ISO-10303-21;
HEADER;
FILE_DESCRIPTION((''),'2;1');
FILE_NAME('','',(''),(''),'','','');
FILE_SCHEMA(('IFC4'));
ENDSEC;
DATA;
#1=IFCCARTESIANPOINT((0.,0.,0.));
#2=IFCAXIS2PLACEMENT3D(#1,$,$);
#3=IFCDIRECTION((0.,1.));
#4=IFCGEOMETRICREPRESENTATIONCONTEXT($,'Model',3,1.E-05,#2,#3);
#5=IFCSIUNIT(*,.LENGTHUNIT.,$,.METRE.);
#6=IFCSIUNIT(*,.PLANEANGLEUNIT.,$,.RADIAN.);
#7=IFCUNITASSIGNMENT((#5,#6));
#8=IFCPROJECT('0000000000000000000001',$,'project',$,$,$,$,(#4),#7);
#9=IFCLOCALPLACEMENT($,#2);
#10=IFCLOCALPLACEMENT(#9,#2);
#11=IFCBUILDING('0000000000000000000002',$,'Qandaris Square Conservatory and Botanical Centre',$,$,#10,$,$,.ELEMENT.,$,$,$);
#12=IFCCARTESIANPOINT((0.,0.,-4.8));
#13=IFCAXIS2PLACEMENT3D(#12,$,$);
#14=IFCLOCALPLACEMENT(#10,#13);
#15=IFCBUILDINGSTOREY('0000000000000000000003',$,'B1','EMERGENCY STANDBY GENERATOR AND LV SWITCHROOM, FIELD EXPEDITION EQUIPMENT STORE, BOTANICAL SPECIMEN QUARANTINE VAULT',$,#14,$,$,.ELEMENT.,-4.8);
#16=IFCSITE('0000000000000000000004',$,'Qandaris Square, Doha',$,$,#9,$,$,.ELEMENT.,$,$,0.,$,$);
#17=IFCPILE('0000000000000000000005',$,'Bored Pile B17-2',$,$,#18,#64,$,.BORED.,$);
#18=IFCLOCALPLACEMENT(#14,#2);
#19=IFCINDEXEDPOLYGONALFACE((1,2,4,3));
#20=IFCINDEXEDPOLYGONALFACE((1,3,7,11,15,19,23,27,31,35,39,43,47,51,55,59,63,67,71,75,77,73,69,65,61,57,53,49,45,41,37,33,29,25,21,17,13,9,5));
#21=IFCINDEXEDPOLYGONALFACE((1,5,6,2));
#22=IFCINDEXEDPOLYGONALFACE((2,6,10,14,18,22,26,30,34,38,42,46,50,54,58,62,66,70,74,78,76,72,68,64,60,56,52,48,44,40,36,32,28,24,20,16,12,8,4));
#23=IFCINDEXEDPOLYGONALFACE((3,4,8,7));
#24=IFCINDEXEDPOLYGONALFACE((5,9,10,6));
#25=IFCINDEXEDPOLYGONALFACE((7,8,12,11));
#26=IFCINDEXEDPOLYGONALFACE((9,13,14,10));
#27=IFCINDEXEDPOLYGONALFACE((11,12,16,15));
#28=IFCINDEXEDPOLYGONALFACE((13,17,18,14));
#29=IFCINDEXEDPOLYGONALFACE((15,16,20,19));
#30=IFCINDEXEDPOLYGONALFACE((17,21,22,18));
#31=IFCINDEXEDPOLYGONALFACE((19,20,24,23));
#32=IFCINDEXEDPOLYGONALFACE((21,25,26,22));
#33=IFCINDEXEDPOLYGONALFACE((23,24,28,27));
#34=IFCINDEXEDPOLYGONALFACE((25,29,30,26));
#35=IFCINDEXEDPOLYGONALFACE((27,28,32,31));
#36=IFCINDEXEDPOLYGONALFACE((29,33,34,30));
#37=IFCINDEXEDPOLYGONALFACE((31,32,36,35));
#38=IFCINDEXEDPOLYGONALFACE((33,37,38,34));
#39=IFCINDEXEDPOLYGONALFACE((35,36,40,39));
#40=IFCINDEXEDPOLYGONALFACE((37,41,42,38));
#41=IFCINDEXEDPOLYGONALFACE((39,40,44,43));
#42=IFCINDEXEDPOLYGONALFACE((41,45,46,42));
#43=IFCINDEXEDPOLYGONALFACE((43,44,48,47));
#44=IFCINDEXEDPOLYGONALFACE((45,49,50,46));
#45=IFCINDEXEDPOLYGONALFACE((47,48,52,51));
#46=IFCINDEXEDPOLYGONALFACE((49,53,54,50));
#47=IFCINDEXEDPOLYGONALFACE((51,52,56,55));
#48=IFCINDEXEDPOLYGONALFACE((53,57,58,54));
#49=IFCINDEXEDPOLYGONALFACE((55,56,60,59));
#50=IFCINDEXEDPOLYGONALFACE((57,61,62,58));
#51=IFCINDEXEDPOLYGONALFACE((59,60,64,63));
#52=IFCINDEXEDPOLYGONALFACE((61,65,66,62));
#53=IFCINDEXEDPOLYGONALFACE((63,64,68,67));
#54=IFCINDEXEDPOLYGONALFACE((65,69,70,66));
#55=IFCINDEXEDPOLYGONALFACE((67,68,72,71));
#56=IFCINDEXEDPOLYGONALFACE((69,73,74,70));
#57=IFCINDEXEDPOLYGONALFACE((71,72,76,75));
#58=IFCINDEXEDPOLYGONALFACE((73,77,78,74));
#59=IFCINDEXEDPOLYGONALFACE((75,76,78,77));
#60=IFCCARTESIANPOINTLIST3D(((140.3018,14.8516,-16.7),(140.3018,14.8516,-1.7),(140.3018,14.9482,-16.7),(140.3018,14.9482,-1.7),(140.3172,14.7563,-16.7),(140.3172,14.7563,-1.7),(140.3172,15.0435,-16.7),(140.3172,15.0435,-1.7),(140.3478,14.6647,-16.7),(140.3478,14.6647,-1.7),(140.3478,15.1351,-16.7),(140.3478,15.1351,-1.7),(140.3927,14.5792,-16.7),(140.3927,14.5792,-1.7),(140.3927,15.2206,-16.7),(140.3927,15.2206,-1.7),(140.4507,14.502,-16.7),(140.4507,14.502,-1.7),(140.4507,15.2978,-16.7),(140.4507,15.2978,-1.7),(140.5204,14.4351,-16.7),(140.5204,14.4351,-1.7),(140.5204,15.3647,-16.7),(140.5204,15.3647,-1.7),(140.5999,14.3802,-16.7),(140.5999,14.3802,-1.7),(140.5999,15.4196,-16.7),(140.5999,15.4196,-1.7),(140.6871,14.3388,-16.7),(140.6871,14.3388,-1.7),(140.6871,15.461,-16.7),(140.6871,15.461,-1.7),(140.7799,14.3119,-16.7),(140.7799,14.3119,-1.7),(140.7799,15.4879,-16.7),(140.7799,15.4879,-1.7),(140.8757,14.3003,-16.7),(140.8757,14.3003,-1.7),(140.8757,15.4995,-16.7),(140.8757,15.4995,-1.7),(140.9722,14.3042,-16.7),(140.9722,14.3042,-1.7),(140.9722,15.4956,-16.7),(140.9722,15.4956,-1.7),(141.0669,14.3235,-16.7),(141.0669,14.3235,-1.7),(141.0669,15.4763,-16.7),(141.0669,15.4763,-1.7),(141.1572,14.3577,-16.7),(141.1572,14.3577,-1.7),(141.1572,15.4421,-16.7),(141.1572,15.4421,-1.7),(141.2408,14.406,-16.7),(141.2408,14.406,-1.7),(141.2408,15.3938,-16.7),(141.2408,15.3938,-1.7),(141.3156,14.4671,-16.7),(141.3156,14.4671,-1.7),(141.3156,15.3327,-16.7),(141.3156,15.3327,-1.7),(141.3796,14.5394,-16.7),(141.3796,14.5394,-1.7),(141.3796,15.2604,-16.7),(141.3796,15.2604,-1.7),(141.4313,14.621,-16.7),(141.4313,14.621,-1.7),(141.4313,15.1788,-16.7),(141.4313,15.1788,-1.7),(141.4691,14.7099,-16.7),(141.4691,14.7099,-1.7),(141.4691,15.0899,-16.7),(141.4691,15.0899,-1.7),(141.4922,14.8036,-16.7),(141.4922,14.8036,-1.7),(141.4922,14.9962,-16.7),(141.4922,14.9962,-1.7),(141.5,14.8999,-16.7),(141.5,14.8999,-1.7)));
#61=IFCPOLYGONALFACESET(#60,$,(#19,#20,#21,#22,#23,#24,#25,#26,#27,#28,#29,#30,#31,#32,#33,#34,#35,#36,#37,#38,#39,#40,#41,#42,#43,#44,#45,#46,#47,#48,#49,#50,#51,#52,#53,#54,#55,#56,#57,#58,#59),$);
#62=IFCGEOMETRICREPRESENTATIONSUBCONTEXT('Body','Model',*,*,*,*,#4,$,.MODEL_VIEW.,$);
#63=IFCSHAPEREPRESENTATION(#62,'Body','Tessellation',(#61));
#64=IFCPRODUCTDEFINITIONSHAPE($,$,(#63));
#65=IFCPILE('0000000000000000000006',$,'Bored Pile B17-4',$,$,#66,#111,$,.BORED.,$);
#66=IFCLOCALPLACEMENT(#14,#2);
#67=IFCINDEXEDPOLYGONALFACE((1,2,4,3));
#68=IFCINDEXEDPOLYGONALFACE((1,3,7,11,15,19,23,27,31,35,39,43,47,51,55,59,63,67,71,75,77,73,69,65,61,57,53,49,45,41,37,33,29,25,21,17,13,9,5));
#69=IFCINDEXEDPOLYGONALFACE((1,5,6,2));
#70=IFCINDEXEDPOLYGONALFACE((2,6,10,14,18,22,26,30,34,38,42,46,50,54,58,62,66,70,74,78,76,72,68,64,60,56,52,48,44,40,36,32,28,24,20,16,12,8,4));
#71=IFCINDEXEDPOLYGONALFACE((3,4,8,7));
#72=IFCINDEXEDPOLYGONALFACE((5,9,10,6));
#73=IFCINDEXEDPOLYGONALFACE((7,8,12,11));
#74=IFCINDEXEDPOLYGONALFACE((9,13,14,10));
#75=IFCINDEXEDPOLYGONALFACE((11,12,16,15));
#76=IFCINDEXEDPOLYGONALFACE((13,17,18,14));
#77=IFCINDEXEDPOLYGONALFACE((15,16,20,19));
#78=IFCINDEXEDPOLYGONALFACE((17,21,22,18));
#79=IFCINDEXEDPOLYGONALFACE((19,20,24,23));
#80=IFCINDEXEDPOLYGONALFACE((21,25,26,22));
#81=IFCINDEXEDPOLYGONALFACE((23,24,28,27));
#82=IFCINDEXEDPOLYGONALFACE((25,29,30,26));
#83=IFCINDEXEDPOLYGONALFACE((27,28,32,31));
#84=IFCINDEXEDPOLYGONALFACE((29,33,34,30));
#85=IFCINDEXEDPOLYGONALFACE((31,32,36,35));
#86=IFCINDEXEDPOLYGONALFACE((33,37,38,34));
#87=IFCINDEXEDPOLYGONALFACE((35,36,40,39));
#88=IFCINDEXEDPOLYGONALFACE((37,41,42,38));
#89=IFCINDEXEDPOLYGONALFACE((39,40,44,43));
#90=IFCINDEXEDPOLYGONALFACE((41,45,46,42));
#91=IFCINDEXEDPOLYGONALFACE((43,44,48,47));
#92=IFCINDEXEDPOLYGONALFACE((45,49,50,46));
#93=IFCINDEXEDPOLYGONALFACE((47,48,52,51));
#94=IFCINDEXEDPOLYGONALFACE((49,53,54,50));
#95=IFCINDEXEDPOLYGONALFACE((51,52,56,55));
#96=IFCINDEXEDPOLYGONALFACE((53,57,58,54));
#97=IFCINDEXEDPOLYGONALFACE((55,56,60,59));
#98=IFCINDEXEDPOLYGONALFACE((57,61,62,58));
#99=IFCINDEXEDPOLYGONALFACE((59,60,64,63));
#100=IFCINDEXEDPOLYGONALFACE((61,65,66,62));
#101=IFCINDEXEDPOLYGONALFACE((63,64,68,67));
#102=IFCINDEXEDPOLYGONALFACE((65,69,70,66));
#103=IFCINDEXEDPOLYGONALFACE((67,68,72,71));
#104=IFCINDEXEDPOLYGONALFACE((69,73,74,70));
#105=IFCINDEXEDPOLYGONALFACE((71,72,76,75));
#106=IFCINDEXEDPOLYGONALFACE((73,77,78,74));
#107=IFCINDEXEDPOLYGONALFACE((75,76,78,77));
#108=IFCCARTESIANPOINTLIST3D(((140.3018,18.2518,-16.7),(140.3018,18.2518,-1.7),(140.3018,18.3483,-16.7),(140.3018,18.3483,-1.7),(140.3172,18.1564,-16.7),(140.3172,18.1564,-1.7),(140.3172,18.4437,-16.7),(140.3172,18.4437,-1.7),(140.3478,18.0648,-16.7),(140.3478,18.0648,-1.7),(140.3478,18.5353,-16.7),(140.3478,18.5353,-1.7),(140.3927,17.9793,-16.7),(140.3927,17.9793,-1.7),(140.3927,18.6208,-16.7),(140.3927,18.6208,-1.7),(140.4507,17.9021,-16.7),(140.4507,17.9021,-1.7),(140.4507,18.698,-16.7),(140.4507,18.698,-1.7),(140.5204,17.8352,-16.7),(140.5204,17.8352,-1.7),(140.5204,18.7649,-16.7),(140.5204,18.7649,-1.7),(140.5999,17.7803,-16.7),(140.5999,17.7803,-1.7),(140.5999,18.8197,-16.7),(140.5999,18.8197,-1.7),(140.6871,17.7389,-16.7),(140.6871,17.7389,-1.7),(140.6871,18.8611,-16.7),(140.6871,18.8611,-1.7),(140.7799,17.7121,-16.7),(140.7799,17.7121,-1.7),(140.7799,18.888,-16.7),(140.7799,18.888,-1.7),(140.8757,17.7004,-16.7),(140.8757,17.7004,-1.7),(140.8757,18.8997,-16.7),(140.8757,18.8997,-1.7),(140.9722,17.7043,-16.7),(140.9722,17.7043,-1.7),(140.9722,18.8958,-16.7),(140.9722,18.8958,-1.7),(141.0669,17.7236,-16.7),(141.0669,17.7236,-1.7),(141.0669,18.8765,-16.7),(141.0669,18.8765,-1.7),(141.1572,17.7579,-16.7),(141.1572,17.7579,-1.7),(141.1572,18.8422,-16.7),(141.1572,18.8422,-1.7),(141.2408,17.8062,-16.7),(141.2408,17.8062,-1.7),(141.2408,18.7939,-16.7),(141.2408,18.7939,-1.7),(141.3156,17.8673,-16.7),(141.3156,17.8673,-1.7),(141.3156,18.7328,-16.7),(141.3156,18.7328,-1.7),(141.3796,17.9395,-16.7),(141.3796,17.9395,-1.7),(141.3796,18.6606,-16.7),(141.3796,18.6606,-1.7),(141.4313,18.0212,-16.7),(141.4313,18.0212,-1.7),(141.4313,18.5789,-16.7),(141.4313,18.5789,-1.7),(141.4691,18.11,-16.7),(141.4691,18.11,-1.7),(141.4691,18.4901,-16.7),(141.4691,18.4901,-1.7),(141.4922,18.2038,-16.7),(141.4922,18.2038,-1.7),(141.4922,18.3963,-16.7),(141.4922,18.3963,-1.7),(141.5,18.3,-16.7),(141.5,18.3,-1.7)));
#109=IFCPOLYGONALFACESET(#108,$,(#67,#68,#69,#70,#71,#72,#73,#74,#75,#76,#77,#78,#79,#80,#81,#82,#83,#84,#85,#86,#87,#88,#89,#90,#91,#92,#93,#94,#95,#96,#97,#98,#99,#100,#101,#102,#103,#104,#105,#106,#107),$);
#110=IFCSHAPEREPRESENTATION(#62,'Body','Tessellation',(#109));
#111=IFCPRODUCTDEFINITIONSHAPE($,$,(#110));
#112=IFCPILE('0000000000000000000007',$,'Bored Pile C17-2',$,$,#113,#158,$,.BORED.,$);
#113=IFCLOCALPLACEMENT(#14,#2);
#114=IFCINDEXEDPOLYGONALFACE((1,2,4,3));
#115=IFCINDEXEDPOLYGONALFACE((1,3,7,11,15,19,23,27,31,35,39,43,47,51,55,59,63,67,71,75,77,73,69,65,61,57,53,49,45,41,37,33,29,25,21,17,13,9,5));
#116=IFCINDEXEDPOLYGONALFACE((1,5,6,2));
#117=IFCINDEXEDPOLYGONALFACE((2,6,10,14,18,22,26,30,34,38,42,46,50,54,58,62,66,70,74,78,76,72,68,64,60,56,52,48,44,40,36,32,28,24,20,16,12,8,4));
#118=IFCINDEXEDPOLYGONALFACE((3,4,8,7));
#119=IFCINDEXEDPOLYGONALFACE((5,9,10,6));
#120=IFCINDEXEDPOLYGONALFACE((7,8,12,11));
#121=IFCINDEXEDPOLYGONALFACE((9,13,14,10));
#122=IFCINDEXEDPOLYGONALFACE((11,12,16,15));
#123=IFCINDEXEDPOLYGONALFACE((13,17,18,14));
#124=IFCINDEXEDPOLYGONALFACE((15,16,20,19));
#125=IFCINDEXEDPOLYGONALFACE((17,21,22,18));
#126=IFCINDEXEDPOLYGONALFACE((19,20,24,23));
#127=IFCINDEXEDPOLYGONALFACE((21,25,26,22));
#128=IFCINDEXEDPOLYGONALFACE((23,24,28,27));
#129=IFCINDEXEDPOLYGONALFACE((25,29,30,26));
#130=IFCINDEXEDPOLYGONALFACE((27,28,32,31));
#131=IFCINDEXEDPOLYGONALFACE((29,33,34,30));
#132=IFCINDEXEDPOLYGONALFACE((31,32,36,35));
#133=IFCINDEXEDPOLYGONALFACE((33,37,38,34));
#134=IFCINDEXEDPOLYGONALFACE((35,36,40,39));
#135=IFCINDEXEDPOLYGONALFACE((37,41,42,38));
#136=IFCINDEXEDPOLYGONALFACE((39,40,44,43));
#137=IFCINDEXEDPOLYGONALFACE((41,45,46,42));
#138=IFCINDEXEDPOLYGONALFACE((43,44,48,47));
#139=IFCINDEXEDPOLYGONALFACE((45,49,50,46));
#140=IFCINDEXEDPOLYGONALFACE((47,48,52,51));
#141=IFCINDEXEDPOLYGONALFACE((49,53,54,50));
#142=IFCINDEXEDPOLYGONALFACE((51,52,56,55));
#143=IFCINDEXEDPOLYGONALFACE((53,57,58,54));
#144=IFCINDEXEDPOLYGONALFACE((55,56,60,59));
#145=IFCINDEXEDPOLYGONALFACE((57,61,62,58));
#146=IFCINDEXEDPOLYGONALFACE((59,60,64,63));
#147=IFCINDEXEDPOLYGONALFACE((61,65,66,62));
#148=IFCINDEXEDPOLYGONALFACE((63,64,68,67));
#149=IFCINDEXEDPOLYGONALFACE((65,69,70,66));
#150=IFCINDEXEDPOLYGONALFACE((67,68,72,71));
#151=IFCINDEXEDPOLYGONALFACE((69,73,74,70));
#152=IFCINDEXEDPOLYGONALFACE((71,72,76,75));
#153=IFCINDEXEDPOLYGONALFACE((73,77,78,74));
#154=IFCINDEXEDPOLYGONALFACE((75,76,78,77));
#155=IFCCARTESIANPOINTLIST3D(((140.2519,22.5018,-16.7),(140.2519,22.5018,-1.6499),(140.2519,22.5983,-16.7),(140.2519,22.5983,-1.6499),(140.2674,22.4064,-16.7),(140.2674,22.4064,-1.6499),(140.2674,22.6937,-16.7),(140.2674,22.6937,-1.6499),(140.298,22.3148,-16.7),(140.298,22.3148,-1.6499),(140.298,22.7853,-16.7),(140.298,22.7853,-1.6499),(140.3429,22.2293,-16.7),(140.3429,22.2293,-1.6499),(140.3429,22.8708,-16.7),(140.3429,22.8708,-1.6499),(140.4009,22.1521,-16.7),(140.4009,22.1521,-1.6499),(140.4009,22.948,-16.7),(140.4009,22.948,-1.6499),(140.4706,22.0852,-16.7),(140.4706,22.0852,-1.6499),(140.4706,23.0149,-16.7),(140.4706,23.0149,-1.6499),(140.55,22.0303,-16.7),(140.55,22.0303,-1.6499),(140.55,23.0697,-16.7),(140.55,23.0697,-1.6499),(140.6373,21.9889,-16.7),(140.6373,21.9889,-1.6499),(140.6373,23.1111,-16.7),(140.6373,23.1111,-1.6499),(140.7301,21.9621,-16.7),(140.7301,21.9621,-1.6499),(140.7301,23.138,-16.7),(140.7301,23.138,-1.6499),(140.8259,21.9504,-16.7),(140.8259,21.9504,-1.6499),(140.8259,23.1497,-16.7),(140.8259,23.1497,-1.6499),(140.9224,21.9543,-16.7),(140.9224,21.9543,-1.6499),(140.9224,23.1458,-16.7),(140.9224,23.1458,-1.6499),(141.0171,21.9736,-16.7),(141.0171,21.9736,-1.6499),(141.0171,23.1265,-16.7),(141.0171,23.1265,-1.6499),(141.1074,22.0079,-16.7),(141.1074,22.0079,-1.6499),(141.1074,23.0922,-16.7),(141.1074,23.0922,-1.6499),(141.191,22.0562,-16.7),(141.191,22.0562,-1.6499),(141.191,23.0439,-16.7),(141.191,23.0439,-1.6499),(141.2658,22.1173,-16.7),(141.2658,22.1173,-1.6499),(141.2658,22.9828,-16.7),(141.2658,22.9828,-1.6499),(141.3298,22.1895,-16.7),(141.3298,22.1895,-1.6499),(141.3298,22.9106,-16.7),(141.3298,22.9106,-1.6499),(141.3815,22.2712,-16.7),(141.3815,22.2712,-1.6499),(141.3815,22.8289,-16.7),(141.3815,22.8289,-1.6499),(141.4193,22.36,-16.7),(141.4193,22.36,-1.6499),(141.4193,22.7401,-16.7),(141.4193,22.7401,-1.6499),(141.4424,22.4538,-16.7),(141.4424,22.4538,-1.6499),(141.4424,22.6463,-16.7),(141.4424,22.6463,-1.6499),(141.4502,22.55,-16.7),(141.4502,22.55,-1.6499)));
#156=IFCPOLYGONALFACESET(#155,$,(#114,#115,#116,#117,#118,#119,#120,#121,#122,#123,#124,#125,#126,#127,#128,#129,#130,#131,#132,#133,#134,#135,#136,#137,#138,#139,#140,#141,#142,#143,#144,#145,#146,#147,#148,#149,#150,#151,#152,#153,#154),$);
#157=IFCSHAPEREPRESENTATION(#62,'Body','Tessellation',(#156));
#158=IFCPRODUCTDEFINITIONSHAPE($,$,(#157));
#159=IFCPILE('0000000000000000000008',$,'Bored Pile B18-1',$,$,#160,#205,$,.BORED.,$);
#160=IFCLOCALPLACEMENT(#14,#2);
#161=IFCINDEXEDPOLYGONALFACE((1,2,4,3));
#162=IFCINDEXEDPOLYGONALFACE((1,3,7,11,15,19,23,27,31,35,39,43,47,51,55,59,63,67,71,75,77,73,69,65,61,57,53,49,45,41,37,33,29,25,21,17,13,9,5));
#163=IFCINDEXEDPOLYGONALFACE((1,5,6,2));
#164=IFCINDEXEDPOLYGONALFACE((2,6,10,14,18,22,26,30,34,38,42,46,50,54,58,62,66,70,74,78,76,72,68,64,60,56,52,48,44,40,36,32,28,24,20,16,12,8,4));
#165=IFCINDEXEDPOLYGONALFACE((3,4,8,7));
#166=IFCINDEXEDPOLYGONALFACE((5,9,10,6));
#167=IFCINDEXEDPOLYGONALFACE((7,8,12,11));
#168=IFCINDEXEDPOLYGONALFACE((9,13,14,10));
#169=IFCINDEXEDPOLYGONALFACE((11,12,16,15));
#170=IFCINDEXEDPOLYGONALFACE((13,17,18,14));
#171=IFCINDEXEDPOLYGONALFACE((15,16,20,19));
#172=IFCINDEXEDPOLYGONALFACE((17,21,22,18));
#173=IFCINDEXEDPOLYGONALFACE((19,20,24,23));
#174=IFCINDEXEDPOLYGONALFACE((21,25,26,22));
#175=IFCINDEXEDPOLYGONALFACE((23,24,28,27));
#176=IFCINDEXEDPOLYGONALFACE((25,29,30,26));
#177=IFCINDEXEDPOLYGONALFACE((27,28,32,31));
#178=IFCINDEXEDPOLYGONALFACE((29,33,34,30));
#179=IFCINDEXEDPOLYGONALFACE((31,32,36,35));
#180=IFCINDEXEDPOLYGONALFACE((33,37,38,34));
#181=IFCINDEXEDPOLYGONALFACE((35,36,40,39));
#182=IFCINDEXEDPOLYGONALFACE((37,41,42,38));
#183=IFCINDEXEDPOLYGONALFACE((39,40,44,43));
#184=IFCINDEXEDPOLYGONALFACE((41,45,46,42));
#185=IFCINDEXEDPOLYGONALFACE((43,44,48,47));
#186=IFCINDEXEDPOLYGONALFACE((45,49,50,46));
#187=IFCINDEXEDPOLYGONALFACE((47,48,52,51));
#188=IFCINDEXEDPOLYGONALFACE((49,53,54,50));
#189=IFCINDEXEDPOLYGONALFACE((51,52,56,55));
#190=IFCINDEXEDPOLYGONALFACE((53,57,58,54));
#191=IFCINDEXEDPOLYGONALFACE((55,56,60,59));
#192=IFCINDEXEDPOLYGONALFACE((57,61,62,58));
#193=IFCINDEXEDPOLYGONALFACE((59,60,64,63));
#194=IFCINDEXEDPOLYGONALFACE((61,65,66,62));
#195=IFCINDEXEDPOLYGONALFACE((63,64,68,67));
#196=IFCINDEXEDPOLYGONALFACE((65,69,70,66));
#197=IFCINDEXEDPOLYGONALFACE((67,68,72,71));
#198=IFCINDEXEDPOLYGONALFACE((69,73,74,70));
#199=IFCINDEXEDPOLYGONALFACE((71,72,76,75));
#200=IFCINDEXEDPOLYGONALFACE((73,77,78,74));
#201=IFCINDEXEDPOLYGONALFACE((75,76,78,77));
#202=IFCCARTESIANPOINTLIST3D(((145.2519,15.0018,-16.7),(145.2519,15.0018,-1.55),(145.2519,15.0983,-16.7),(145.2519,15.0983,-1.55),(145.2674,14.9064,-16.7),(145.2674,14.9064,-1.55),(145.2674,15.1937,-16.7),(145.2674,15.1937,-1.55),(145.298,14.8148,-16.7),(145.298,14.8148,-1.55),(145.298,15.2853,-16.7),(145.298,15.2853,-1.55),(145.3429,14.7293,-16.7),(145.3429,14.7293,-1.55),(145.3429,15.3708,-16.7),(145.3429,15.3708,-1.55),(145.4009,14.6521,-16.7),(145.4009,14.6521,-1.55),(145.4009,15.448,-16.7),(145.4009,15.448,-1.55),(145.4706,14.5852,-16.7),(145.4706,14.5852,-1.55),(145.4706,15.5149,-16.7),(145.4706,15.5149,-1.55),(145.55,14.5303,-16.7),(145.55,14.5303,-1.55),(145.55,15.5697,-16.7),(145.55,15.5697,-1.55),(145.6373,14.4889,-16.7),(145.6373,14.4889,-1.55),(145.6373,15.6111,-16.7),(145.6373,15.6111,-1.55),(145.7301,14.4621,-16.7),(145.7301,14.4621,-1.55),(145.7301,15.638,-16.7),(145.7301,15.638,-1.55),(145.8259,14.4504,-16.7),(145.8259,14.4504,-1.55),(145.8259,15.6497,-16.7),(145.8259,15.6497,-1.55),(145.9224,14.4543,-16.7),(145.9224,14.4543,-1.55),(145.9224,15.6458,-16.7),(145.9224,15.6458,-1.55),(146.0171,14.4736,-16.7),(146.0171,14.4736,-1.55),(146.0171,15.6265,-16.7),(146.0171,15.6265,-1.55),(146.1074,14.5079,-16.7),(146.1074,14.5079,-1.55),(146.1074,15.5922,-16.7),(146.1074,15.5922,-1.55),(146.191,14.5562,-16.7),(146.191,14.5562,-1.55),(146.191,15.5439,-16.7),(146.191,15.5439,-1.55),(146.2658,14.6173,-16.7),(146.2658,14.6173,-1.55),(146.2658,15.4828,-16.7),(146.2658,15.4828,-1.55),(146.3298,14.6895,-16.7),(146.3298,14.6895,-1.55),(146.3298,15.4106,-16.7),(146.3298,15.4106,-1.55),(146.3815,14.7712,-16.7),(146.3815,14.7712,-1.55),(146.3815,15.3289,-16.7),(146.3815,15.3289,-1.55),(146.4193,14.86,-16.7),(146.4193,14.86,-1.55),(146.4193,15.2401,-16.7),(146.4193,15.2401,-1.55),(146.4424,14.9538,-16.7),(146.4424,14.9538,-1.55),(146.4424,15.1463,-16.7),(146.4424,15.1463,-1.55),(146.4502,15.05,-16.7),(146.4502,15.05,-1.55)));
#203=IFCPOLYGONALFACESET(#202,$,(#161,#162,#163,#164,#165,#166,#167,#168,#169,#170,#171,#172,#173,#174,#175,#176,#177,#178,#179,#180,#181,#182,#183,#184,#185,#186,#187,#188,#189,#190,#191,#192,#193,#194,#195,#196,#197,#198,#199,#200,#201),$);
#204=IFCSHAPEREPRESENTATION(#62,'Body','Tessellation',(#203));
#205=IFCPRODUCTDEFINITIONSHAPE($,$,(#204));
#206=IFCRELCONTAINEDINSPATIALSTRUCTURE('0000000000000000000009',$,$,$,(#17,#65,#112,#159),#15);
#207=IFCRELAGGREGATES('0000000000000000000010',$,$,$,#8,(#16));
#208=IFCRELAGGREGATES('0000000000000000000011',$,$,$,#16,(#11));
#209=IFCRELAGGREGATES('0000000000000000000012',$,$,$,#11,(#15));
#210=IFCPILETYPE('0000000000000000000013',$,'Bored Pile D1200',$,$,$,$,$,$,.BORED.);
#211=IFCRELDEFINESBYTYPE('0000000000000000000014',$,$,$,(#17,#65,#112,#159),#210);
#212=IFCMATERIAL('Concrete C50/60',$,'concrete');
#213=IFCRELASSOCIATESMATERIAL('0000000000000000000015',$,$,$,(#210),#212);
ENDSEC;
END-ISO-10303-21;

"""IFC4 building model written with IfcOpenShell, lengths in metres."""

from ifc_helpers import new_model, si_unit, direction, frame, origin, origin_2d, place, context, subcontext, project, spatial, circle, extrude, material, material_profile, profile_set, type_object, element, save


model = new_model("IFC4")

# Units and contexts
model_context = context("Model", 3, precision=1e-05, world=origin(), true_north=direction((0.0, 1.0)))
body_context = subcontext(model_context, "Body", "Model", "MODEL_VIEW")
ifc_project = project(units=[si_unit("LENGTHUNIT", "METRE"), si_unit("PLANEANGLEUNIT", "RADIAN")], contexts=[model_context])

# Site, building, storey
site_placement = place(None, origin())
site = spatial("IfcSite", under=ifc_project, at=site_placement, Name="Qandaris Square, Doha", CompositionType="ELEMENT", RefElevation=0.0)
building_placement = place(site_placement, origin())
building = spatial("IfcBuilding", under=site, at=building_placement, Name="Qandaris Square Conservatory and Botanical Centre", CompositionType="ELEMENT")
storey_placement = place(building_placement, frame((0.0, 0.0, -4.8)))
storey = spatial("IfcBuildingStorey", under=building, at=storey_placement, Name="B1", Description="EMERGENCY STANDBY GENERATOR AND LV SWITCHROOM, FIELD EXPEDITION EQUIPMENT STORE, BOTANICAL SPECIMEN QUARANTINE VAULT", CompositionType="ELEMENT", Elevation=-4.8)

# Piles
ifc_material_1 = material(Name="Concrete C50/60", Category="concrete")
ifc_material_profile_1 = material_profile(ifc_material_1, circle(Radius=0.6001, at=origin_2d()), Name="PILE D1200")
ifc_profile_set_1 = profile_set([ifc_material_profile_1], Name="Concrete C50/60")
pile_type = type_object("IfcPileType", Name="Bored Pile D1200", PredefinedType="BORED", material=ifc_profile_set_1)
for number, where, z_axis, x_axis, name in (
    (1, (140.8999, 14.8999, -1.7), (0.0, 0.0, -1.0), (1.0, 0.0, 0.0), "Bored Pile B17-2"),
    (2, (140.8999, 18.3, -1.7), (0.0, 0.0, -1.0), (1.0, 0.0, 0.0), "Bored Pile B17-4"),
):
    element("IfcPile", number, at=place(storey_placement, frame(where, z_axis=z_axis, x_axis=x_axis)), inside=storey, type_object=pile_type, Name=name, PredefinedType="BORED", context=body_context, shape_type="SweptSolid", body=[
        extrude(circle(Radius=0.6001, at=origin_2d()), origin(), (0.0, 0.0, 1.0), 15.0),
    ])
pile_1_placement = place(storey_placement, frame((140.8501, 22.55, -1.6499), z_axis=(0.0, 0.0, -1.0), x_axis=(1.0, 0.0, 0.0)))
element("IfcPile", 3, at=pile_1_placement, inside=storey, type_object=pile_type, Name="Bored Pile C17-2", PredefinedType="BORED", context=body_context, shape_type="SweptSolid", body=[
    extrude(circle(Radius=0.6001, at=origin_2d()), origin(), (0.0, 0.0, 1.0), 15.05),
])
for number, where, z_axis, x_axis, name in (
    (4, (145.8501, 15.05, -1.55), (0.0, 0.0, -1.0), (1.0, 0.0, 0.0), "Bored Pile B18-1"),
):
    element("IfcPile", number, at=place(storey_placement, frame(where, z_axis=z_axis, x_axis=x_axis)), inside=storey, type_object=pile_type, Name=name, PredefinedType="BORED", context=body_context, shape_type="SweptSolid", body=[
        extrude(circle(Radius=0.6001, at=origin_2d()), origin(), (0.0, 0.0, 1.0), 15.1499),
    ])

save(model, "model.ifc")
